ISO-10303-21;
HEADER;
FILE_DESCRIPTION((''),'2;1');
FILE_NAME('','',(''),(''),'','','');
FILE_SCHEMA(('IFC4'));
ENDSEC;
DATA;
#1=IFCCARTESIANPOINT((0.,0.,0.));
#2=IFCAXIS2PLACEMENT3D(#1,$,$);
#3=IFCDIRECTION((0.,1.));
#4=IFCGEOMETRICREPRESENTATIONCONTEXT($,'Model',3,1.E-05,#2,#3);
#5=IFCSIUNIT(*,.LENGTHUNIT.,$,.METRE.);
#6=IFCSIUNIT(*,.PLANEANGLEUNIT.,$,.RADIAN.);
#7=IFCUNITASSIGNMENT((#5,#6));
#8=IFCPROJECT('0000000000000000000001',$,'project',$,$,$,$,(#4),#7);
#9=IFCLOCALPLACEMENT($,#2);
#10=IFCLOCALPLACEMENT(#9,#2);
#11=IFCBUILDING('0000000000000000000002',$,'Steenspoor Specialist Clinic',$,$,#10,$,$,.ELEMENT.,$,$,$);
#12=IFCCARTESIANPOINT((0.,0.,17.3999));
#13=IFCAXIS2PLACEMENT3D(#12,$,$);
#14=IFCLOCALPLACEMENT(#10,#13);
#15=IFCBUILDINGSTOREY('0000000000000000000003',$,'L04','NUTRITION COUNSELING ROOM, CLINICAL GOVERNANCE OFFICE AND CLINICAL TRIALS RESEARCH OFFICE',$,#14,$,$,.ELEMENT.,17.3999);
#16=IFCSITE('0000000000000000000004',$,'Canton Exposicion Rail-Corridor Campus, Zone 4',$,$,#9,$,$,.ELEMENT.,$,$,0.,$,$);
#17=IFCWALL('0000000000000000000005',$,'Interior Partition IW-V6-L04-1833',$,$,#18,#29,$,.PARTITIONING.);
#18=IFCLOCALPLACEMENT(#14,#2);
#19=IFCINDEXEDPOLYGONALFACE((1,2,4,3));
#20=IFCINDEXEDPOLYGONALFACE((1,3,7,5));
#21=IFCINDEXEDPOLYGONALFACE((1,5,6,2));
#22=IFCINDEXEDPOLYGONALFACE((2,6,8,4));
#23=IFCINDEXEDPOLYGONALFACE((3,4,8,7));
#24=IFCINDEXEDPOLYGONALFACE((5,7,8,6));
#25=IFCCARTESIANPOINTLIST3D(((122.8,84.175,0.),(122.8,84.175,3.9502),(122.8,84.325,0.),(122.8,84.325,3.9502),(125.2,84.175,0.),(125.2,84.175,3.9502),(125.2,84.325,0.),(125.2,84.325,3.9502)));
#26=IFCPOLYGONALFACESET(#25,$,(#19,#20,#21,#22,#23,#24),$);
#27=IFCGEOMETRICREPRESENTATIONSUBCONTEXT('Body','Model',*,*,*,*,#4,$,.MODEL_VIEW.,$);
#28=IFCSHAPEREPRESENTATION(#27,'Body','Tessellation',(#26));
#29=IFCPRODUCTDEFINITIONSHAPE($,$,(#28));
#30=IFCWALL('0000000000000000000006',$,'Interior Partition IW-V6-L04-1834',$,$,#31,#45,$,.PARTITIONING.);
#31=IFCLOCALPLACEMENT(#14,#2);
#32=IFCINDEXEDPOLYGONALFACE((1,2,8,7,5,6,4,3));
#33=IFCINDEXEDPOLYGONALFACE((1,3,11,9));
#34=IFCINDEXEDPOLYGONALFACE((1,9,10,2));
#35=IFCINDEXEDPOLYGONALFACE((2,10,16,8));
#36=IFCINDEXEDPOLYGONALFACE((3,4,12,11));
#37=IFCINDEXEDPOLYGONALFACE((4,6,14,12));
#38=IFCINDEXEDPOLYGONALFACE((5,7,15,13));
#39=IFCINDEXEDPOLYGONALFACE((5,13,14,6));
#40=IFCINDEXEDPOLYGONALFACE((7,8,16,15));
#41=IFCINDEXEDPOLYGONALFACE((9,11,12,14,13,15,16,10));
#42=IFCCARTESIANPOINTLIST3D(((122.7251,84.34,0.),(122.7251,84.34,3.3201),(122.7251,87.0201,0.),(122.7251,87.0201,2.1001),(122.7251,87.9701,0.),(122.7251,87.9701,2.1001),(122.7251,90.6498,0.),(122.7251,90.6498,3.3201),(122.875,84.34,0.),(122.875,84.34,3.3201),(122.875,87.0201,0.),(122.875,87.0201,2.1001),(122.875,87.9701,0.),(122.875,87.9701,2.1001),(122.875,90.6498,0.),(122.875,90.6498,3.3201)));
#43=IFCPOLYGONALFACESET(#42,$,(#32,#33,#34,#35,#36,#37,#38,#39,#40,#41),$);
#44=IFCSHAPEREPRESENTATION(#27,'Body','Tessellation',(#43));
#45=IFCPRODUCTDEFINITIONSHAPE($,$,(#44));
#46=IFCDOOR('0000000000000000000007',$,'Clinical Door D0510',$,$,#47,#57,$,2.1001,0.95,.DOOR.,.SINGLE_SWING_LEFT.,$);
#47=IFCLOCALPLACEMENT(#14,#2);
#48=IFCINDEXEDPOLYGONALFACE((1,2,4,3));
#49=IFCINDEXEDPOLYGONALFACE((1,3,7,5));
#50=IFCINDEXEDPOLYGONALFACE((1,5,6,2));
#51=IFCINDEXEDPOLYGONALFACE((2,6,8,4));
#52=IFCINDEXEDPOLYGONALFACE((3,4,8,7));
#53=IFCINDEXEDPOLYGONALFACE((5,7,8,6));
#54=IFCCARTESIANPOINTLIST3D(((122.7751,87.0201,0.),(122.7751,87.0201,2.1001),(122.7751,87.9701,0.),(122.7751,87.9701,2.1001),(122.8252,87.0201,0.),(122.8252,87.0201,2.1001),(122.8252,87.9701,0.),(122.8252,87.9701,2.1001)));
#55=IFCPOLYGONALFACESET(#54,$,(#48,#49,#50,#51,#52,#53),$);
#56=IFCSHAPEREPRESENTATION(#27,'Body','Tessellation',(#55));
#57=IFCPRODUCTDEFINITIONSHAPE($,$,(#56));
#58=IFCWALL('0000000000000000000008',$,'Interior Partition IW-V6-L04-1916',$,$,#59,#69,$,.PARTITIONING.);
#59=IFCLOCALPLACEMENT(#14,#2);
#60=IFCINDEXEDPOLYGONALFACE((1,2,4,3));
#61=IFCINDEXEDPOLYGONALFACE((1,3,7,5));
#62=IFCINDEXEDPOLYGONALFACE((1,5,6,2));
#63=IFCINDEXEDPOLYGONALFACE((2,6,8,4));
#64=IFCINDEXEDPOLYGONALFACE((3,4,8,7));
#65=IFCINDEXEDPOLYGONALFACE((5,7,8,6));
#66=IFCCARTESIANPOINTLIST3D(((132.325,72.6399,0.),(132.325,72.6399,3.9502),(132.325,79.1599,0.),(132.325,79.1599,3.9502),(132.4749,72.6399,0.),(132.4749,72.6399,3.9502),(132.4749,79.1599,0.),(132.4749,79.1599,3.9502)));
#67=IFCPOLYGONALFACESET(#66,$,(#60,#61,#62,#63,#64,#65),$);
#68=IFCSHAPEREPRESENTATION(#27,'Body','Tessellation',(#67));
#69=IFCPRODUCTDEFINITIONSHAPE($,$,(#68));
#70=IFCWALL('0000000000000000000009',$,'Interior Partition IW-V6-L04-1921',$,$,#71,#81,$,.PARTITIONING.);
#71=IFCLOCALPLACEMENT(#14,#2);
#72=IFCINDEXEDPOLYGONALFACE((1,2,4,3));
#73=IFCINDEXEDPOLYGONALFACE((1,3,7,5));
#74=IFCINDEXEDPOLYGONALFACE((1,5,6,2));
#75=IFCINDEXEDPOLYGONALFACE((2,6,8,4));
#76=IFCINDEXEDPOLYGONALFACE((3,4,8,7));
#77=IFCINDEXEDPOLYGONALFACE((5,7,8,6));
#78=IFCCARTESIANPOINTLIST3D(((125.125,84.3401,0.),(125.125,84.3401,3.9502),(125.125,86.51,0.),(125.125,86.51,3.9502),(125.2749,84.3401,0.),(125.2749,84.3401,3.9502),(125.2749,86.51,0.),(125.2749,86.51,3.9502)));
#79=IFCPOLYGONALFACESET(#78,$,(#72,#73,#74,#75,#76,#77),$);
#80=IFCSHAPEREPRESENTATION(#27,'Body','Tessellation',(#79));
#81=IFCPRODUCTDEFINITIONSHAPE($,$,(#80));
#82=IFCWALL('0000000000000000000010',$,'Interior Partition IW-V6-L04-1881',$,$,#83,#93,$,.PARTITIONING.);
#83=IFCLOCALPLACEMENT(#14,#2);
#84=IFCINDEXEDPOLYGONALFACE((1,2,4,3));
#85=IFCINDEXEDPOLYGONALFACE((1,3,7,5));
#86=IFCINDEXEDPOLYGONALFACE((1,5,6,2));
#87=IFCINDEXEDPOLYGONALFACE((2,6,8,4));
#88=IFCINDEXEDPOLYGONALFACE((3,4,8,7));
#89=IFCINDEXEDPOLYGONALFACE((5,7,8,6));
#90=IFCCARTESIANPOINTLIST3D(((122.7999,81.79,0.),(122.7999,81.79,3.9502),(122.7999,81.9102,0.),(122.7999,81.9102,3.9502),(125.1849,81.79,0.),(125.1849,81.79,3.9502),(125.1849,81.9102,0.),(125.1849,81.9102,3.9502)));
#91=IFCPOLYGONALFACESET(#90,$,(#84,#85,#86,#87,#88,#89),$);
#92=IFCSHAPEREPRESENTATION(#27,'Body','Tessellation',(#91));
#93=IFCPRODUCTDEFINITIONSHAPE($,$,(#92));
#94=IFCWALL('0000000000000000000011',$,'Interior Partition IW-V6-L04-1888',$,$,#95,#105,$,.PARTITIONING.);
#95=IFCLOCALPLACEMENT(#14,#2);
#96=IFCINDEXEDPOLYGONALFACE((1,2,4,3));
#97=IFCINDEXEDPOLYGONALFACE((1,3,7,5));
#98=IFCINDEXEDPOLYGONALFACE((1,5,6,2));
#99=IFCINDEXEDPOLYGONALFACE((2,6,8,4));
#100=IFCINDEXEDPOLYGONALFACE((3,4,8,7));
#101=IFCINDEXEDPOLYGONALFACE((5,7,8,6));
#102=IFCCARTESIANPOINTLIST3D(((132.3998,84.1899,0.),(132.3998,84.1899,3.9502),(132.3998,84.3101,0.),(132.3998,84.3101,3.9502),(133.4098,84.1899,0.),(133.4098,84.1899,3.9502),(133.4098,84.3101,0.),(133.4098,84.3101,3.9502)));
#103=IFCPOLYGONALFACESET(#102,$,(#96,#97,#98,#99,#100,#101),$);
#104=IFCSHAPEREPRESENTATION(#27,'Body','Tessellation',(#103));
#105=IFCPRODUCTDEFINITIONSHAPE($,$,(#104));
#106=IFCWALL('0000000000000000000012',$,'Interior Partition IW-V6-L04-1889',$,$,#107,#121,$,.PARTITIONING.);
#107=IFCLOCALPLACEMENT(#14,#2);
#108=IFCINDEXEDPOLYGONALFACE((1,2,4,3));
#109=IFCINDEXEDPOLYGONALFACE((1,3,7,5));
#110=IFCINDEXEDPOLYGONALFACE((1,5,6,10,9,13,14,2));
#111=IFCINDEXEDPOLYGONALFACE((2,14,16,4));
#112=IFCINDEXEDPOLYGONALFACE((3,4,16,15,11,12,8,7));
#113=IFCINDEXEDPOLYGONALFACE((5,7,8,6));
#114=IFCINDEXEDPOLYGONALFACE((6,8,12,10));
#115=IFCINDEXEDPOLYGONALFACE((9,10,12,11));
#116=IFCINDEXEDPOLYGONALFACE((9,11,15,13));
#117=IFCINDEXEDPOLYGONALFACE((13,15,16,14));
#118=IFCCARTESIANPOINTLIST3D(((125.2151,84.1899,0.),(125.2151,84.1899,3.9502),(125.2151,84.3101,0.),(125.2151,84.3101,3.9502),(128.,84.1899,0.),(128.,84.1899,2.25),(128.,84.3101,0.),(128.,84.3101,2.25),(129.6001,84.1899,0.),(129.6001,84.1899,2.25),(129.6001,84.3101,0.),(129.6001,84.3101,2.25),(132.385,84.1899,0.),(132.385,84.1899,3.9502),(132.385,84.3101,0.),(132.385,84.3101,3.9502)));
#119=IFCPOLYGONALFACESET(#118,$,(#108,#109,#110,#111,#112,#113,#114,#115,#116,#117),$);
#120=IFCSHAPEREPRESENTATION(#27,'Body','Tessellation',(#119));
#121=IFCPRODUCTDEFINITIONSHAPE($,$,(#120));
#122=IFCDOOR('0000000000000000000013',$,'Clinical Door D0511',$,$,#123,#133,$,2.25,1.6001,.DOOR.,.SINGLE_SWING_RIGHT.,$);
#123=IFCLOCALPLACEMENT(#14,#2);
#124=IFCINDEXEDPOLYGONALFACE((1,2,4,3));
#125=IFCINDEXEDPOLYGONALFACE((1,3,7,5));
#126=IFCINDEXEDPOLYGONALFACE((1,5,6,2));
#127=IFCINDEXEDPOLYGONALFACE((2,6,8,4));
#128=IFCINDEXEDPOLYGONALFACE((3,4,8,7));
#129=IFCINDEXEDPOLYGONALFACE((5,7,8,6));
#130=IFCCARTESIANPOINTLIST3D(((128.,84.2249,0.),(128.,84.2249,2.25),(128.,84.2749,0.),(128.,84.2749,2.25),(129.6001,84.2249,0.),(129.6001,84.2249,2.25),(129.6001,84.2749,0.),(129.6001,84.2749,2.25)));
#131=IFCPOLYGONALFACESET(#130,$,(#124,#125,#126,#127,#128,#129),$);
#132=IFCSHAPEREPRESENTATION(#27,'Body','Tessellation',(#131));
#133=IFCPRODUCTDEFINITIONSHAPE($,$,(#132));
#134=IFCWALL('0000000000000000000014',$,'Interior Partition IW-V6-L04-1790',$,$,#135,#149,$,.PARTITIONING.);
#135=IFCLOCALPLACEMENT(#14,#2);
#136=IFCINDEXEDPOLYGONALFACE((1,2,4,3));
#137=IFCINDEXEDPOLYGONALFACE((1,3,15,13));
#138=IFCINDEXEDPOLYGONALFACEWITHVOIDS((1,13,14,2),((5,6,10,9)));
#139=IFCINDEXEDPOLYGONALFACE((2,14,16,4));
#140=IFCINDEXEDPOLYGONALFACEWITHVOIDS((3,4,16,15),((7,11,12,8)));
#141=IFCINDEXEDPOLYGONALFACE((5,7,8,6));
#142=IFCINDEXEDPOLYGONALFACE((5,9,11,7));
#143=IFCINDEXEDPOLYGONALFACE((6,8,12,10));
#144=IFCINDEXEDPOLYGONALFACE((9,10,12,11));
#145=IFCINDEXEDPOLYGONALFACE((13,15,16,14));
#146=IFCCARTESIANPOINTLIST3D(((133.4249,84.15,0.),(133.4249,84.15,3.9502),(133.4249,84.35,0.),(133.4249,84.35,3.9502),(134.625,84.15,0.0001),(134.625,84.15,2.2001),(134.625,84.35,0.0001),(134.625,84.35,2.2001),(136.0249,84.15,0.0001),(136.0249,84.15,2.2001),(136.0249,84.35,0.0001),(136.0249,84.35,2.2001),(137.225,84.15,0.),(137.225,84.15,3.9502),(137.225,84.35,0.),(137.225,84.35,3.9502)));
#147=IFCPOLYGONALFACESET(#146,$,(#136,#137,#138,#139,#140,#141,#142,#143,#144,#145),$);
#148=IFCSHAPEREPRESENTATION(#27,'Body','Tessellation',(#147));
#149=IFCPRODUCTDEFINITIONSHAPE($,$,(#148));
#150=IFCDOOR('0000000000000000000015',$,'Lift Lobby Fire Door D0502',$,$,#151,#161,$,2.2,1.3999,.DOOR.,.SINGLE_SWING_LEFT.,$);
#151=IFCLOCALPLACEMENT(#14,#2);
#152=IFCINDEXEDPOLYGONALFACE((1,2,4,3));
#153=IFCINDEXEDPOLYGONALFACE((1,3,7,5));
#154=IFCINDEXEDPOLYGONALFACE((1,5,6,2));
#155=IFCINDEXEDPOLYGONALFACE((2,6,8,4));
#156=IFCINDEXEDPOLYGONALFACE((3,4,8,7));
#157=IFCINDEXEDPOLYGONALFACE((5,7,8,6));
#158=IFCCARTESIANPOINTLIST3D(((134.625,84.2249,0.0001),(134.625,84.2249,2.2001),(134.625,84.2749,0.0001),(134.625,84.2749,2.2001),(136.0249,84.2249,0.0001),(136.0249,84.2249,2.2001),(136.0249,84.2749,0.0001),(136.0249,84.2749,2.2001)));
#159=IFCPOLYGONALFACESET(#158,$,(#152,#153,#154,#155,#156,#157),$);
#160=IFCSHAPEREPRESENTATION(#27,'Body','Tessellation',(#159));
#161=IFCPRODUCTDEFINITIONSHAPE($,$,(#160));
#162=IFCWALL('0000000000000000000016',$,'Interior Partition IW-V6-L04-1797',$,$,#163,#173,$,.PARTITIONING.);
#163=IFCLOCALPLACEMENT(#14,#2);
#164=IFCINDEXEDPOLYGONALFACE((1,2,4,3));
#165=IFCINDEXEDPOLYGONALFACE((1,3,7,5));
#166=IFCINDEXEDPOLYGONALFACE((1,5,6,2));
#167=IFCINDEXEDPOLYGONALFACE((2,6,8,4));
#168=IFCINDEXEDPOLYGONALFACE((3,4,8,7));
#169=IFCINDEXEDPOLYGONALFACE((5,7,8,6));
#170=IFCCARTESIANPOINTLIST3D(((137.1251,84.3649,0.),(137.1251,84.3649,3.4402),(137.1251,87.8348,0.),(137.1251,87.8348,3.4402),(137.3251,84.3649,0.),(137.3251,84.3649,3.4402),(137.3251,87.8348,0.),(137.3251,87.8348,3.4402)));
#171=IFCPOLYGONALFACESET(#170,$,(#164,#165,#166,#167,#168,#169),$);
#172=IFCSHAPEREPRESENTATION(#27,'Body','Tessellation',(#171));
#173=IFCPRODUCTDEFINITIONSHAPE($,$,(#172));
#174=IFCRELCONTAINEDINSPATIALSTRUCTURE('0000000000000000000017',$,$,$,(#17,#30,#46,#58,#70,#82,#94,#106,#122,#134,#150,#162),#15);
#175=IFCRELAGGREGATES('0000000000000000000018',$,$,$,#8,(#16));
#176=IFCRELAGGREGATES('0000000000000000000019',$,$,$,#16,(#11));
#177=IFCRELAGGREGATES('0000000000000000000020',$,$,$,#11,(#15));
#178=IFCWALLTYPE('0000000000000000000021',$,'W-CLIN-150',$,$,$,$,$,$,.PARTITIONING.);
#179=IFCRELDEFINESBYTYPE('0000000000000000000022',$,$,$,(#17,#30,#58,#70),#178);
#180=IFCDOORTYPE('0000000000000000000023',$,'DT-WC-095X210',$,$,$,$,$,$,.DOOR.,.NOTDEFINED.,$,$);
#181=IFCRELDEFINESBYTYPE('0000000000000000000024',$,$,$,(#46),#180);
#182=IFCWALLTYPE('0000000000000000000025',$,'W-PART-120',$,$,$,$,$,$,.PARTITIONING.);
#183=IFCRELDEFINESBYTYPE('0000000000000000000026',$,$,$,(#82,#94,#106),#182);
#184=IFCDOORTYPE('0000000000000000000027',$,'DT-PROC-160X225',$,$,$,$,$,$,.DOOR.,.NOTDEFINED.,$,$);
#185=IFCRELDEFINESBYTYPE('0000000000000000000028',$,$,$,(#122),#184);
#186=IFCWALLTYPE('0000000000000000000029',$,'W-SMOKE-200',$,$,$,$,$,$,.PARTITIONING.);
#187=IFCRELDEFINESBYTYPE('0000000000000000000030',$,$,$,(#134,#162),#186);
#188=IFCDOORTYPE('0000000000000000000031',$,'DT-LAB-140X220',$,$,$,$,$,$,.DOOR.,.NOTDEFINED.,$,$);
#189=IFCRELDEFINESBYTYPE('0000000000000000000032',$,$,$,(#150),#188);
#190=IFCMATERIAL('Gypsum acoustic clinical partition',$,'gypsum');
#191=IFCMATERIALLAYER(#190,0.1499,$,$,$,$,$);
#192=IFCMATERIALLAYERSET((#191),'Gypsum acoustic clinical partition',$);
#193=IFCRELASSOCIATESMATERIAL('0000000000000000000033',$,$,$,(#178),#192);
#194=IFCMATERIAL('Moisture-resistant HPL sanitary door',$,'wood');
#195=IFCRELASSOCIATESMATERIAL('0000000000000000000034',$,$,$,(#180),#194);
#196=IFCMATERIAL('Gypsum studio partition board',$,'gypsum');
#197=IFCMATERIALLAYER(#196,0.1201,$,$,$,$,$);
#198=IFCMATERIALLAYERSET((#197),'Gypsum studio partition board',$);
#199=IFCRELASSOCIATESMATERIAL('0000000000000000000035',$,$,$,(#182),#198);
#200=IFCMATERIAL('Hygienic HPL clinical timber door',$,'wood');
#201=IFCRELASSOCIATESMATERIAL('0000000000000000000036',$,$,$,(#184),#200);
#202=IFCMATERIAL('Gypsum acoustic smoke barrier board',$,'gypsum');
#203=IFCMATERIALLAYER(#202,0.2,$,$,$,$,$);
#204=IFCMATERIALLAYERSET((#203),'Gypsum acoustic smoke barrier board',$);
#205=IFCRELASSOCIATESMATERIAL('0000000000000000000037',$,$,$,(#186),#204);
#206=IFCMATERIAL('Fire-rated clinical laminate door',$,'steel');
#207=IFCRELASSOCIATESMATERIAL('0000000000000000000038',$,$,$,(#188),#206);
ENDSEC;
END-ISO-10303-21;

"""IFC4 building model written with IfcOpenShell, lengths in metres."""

from ifc_helpers import new_model, si_unit, direction, frame, frame_2d, origin, place, context, subcontext, project, spatial, rectangle, extrude, material, layer, layer_set, type_object, element, fill, save


model = new_model("IFC4")

# Units and contexts
model_context = context("Model", 3, precision=1e-05, world=origin(), true_north=direction((0.0, 1.0)))
body_context = subcontext(model_context, "Body", "Model", "MODEL_VIEW")
ifc_project = project(units=[si_unit("LENGTHUNIT", "METRE"), si_unit("PLANEANGLEUNIT", "RADIAN")], contexts=[model_context])

# Site, building, storey
site_placement = place(None, origin())
site = spatial("IfcSite", under=ifc_project, at=site_placement, Name="Canton Exposicion Rail-Corridor Campus, Zone 4", CompositionType="ELEMENT", RefElevation=0.0)
building_placement = place(site_placement, origin())
building = spatial("IfcBuilding", under=site, at=building_placement, Name="Steenspoor Specialist Clinic", CompositionType="ELEMENT")
storey_placement = place(building_placement, frame((0.0, 0.0, 17.3999)))
storey = spatial("IfcBuildingStorey", under=building, at=storey_placement, Name="L04", Description="NUTRITION COUNSELING ROOM, CLINICAL GOVERNANCE OFFICE AND CLINICAL TRIALS RESEARCH OFFICE", CompositionType="ELEMENT", Elevation=17.3999)

# Shared definitions
ifc_material_1 = material(Name="Gypsum acoustic clinical partition", Category="gypsum")
ifc_layer_1 = layer(ifc_material_1, 0.1499)
ifc_layer_set_1 = layer_set([ifc_layer_1], Name="Gypsum acoustic clinical partition")
wall_type_1 = type_object("IfcWallType", Name="W-CLIN-150", PredefinedType="PARTITIONING", material=ifc_layer_set_1)
ifc_material_2 = material(Name="Hygienic HPL clinical timber door", Category="wood")

# Wall
wall_1_placement = place(storey_placement, frame((122.8, 84.25, 0.0), z_axis=(0.0, 0.0, 1.0), x_axis=(1.0, 0.0, 0.0)))
element("IfcWall", 1, at=wall_1_placement, inside=storey, type_object=wall_type_1, Name="Interior Partition IW-V6-L04-1833", PredefinedType="PARTITIONING", context=body_context, shape_type="SweptSolid", body=[
    extrude(rectangle(XDim=2.3999, YDim=0.1499, at=frame_2d((1.2, 0.0))), origin(), (0.0, 0.0, 1.0), 3.9502),
])

# Wall, opening, door
wall_2_placement = place(storey_placement, frame((122.8, 84.3401, 0.0), z_axis=(0.0, 0.0, 1.0), x_axis=(0.0, 1.0, 0.0)))
wall_2 = element("IfcWall", 2, at=wall_2_placement, inside=storey, type_object=wall_type_1, Name="Interior Partition IW-V6-L04-1834", PredefinedType="PARTITIONING", context=body_context, shape_type="SweptSolid", body=[
    extrude(rectangle(XDim=6.3098, YDim=0.1499, at=frame_2d((3.1548, 0.0))), origin(), (0.0, 0.0, 1.0), 3.3201),
])
opening_1_placement = place(wall_2_placement, frame((2.6799, 0.0, 0.0)))
opening_1 = element("IfcOpeningElement", 3, at=opening_1_placement, cuts=wall_2, PredefinedType="OPENING", context=body_context, shape_type="SweptSolid", body=[
    extrude(rectangle(XDim=0.95, YDim=2.1001, at=frame_2d((0.4751, 1.05))), frame((0.0, 0.085, 0.0), z_axis=(0.0, -1.0, 0.0), x_axis=(1.0, 0.0, 0.0)), (0.0, 0.0, 1.0), 0.1699),
])
ifc_material_3 = material(Name="Moisture-resistant HPL sanitary door", Category="wood")
door_type_1 = type_object("IfcDoorType", Name="DT-WC-095X210", OperationType="NOTDEFINED", PredefinedType="DOOR", material=ifc_material_3)
door_1_placement = place(opening_1_placement, origin())
door_1 = element("IfcDoor", 4, at=door_1_placement, inside=storey, type_object=door_type_1, Name="Clinical Door D0510", OperationType="SINGLE_SWING_LEFT", OverallHeight=2.1001, OverallWidth=0.95, PredefinedType="DOOR", context=body_context, shape_type="SweptSolid", body=[
    extrude(rectangle(XDim=0.95, YDim=2.1001, at=frame_2d((0.4751, 1.05))), frame((0.0, 0.0249, 0.0), z_axis=(0.0, -1.0, 0.0), x_axis=(1.0, 0.0, 0.0)), (0.0, 0.0, 1.0), 0.05),
])
fill(opening_1, door_1)

# Walls
wall_3_placement = place(storey_placement, frame((132.3999, 72.6399, 0.0), z_axis=(0.0, 0.0, 1.0), x_axis=(0.0, 1.0, 0.0)))
element("IfcWall", 5, at=wall_3_placement, inside=storey, type_object=wall_type_1, Name="Interior Partition IW-V6-L04-1916", PredefinedType="PARTITIONING", context=body_context, shape_type="SweptSolid", body=[
    extrude(rectangle(XDim=6.52, YDim=0.1499, at=frame_2d((3.26, 0.0))), origin(), (0.0, 0.0, 1.0), 3.9502),
])
wall_4_placement = place(storey_placement, frame((125.2, 84.3401, 0.0), z_axis=(0.0, 0.0, 1.0), x_axis=(0.0, 1.0, 0.0)))
element("IfcWall", 6, at=wall_4_placement, inside=storey, type_object=wall_type_1, Name="Interior Partition IW-V6-L04-1921", PredefinedType="PARTITIONING", context=body_context, shape_type="SweptSolid", body=[
    extrude(rectangle(XDim=2.1699, YDim=0.1499, at=frame_2d((1.085, 0.0))), origin(), (0.0, 0.0, 1.0), 3.9502),
])
ifc_material_4 = material(Name="Gypsum studio partition board", Category="gypsum")
ifc_layer_2 = layer(ifc_material_4, 0.1201)
ifc_layer_set_2 = layer_set([ifc_layer_2], Name="Gypsum studio partition board")
wall_type_2 = type_object("IfcWallType", Name="W-PART-120", PredefinedType="PARTITIONING", material=ifc_layer_set_2)
wall_5_placement = place(storey_placement, frame((122.8, 81.8501, 0.0), z_axis=(0.0, 0.0, 1.0), x_axis=(1.0, 0.0, 0.0)))
element("IfcWall", 7, at=wall_5_placement, inside=storey, type_object=wall_type_2, Name="Interior Partition IW-V6-L04-1881", PredefinedType="PARTITIONING", context=body_context, shape_type="SweptSolid", body=[
    extrude(rectangle(XDim=2.385, YDim=0.1201, at=frame_2d((1.1924, 0.0))), origin(), (0.0, 0.0, 1.0), 3.9502),
])

# Wall
wall_6_placement = place(storey_placement, frame((132.3999, 84.25, 0.0), z_axis=(0.0, 0.0, 1.0), x_axis=(1.0, 0.0, 0.0)))
element("IfcWall", 8, at=wall_6_placement, inside=storey, type_object=wall_type_2, Name="Interior Partition IW-V6-L04-1888", PredefinedType="PARTITIONING", context=body_context, shape_type="SweptSolid", body=[
    extrude(rectangle(XDim=1.01, YDim=0.1201, at=frame_2d((0.5049, 0.0))), origin(), (0.0, 0.0, 1.0), 3.9502),
])

# Walls, openings, doors
wall_7_placement = place(storey_placement, frame((125.2151, 84.25, 0.0), z_axis=(0.0, 0.0, 1.0), x_axis=(1.0, 0.0, 0.0)))
wall_7 = element("IfcWall", 9, at=wall_7_placement, inside=storey, type_object=wall_type_2, Name="Interior Partition IW-V6-L04-1889", PredefinedType="PARTITIONING", context=body_context, shape_type="SweptSolid", body=[
    extrude(rectangle(XDim=7.1699, YDim=0.1201, at=frame_2d((3.585, 0.0))), origin(), (0.0, 0.0, 1.0), 3.9502),
])
opening_2_placement = place(wall_7_placement, frame((2.7849, 0.0, 0.0)))
opening_2 = element("IfcOpeningElement", 10, at=opening_2_placement, cuts=wall_7, PredefinedType="OPENING", context=body_context, shape_type="SweptSolid", body=[
    extrude(rectangle(XDim=1.6001, YDim=2.25, at=frame_2d((0.8, 1.125))), frame((0.0, 0.0701, 0.0), z_axis=(0.0, -1.0, 0.0), x_axis=(1.0, 0.0, 0.0)), (0.0, 0.0, 1.0), 0.1401),
])
door_type_2 = type_object("IfcDoorType", Name="DT-PROC-160X225", OperationType="NOTDEFINED", PredefinedType="DOOR", material=ifc_material_2)
door_2_placement = place(opening_2_placement, origin())
door_2 = element("IfcDoor", 11, at=door_2_placement, inside=storey, type_object=door_type_2, Name="Clinical Door D0511", OperationType="SINGLE_SWING_RIGHT", OverallHeight=2.25, OverallWidth=1.6001, PredefinedType="DOOR", context=body_context, shape_type="SweptSolid", body=[
    extrude(rectangle(XDim=1.6001, YDim=2.25, at=frame_2d((0.8, 1.125))), frame((0.0, 0.0249, 0.0), z_axis=(0.0, -1.0, 0.0), x_axis=(1.0, 0.0, 0.0)), (0.0, 0.0, 1.0), 0.05),
])
fill(opening_2, door_2)
ifc_material_5 = material(Name="Gypsum acoustic smoke barrier board", Category="gypsum")
ifc_layer_3 = layer(ifc_material_5, 0.2)
ifc_layer_set_3 = layer_set([ifc_layer_3], Name="Gypsum acoustic smoke barrier board")
wall_type_3 = type_object("IfcWallType", Name="W-SMOKE-200", PredefinedType="PARTITIONING", material=ifc_layer_set_3)
wall_8_placement = place(storey_placement, frame((133.425, 84.25, 0.0), z_axis=(0.0, 0.0, 1.0), x_axis=(1.0, 0.0, 0.0)))
wall_8 = element("IfcWall", 12, at=wall_8_placement, inside=storey, type_object=wall_type_3, Name="Interior Partition IW-V6-L04-1790", PredefinedType="PARTITIONING", context=body_context, shape_type="SweptSolid", body=[
    extrude(rectangle(XDim=3.8, YDim=0.2, at=frame_2d((1.8999, 0.0))), origin(), (0.0, 0.0, 1.0), 3.9502),
])
opening_3_placement = place(wall_8_placement, frame((1.2, 0.0, 0.0)))
opening_3 = element("IfcOpeningElement", 13, at=opening_3_placement, cuts=wall_8, PredefinedType="OPENING", context=body_context, shape_type="SweptSolid", body=[
    extrude(rectangle(XDim=1.3999, YDim=2.2, at=frame_2d((0.7, 1.1001))), frame((0.0, 0.1099, 0.0), z_axis=(0.0, -1.0, 0.0), x_axis=(1.0, 0.0, 0.0)), (0.0, 0.0, 1.0), 0.22),
])
ifc_material_6 = material(Name="Fire-rated clinical laminate door", Category="steel")
door_type_3 = type_object("IfcDoorType", Name="DT-LAB-140X220", OperationType="NOTDEFINED", PredefinedType="DOOR", material=ifc_material_6)
door_3_placement = place(opening_3_placement, origin())
door_3 = element("IfcDoor", 14, at=door_3_placement, inside=storey, type_object=door_type_3, Name="Lift Lobby Fire Door D0502", OperationType="SINGLE_SWING_LEFT", OverallHeight=2.2, OverallWidth=1.3999, PredefinedType="DOOR", context=body_context, shape_type="SweptSolid", body=[
    extrude(rectangle(XDim=1.3999, YDim=2.2, at=frame_2d((0.7, 1.1001))), frame((0.0, 0.0249, 0.0), z_axis=(0.0, -1.0, 0.0), x_axis=(1.0, 0.0, 0.0)), (0.0, 0.0, 1.0), 0.05),
])
fill(opening_3, door_3)

# Wall
wall_9_placement = place(storey_placement, frame((137.2251, 84.365, 0.0), z_axis=(0.0, 0.0, 1.0), x_axis=(0.0, 1.0, 0.0)))
element("IfcWall", 15, at=wall_9_placement, inside=storey, type_object=wall_type_3, Name="Interior Partition IW-V6-L04-1797", PredefinedType="PARTITIONING", context=body_context, shape_type="SweptSolid", body=[
    extrude(rectangle(XDim=3.47, YDim=0.2, at=frame_2d((1.7349, 0.0))), origin(), (0.0, 0.0, 1.0), 3.4402),
])

save(model, "model.ifc")
